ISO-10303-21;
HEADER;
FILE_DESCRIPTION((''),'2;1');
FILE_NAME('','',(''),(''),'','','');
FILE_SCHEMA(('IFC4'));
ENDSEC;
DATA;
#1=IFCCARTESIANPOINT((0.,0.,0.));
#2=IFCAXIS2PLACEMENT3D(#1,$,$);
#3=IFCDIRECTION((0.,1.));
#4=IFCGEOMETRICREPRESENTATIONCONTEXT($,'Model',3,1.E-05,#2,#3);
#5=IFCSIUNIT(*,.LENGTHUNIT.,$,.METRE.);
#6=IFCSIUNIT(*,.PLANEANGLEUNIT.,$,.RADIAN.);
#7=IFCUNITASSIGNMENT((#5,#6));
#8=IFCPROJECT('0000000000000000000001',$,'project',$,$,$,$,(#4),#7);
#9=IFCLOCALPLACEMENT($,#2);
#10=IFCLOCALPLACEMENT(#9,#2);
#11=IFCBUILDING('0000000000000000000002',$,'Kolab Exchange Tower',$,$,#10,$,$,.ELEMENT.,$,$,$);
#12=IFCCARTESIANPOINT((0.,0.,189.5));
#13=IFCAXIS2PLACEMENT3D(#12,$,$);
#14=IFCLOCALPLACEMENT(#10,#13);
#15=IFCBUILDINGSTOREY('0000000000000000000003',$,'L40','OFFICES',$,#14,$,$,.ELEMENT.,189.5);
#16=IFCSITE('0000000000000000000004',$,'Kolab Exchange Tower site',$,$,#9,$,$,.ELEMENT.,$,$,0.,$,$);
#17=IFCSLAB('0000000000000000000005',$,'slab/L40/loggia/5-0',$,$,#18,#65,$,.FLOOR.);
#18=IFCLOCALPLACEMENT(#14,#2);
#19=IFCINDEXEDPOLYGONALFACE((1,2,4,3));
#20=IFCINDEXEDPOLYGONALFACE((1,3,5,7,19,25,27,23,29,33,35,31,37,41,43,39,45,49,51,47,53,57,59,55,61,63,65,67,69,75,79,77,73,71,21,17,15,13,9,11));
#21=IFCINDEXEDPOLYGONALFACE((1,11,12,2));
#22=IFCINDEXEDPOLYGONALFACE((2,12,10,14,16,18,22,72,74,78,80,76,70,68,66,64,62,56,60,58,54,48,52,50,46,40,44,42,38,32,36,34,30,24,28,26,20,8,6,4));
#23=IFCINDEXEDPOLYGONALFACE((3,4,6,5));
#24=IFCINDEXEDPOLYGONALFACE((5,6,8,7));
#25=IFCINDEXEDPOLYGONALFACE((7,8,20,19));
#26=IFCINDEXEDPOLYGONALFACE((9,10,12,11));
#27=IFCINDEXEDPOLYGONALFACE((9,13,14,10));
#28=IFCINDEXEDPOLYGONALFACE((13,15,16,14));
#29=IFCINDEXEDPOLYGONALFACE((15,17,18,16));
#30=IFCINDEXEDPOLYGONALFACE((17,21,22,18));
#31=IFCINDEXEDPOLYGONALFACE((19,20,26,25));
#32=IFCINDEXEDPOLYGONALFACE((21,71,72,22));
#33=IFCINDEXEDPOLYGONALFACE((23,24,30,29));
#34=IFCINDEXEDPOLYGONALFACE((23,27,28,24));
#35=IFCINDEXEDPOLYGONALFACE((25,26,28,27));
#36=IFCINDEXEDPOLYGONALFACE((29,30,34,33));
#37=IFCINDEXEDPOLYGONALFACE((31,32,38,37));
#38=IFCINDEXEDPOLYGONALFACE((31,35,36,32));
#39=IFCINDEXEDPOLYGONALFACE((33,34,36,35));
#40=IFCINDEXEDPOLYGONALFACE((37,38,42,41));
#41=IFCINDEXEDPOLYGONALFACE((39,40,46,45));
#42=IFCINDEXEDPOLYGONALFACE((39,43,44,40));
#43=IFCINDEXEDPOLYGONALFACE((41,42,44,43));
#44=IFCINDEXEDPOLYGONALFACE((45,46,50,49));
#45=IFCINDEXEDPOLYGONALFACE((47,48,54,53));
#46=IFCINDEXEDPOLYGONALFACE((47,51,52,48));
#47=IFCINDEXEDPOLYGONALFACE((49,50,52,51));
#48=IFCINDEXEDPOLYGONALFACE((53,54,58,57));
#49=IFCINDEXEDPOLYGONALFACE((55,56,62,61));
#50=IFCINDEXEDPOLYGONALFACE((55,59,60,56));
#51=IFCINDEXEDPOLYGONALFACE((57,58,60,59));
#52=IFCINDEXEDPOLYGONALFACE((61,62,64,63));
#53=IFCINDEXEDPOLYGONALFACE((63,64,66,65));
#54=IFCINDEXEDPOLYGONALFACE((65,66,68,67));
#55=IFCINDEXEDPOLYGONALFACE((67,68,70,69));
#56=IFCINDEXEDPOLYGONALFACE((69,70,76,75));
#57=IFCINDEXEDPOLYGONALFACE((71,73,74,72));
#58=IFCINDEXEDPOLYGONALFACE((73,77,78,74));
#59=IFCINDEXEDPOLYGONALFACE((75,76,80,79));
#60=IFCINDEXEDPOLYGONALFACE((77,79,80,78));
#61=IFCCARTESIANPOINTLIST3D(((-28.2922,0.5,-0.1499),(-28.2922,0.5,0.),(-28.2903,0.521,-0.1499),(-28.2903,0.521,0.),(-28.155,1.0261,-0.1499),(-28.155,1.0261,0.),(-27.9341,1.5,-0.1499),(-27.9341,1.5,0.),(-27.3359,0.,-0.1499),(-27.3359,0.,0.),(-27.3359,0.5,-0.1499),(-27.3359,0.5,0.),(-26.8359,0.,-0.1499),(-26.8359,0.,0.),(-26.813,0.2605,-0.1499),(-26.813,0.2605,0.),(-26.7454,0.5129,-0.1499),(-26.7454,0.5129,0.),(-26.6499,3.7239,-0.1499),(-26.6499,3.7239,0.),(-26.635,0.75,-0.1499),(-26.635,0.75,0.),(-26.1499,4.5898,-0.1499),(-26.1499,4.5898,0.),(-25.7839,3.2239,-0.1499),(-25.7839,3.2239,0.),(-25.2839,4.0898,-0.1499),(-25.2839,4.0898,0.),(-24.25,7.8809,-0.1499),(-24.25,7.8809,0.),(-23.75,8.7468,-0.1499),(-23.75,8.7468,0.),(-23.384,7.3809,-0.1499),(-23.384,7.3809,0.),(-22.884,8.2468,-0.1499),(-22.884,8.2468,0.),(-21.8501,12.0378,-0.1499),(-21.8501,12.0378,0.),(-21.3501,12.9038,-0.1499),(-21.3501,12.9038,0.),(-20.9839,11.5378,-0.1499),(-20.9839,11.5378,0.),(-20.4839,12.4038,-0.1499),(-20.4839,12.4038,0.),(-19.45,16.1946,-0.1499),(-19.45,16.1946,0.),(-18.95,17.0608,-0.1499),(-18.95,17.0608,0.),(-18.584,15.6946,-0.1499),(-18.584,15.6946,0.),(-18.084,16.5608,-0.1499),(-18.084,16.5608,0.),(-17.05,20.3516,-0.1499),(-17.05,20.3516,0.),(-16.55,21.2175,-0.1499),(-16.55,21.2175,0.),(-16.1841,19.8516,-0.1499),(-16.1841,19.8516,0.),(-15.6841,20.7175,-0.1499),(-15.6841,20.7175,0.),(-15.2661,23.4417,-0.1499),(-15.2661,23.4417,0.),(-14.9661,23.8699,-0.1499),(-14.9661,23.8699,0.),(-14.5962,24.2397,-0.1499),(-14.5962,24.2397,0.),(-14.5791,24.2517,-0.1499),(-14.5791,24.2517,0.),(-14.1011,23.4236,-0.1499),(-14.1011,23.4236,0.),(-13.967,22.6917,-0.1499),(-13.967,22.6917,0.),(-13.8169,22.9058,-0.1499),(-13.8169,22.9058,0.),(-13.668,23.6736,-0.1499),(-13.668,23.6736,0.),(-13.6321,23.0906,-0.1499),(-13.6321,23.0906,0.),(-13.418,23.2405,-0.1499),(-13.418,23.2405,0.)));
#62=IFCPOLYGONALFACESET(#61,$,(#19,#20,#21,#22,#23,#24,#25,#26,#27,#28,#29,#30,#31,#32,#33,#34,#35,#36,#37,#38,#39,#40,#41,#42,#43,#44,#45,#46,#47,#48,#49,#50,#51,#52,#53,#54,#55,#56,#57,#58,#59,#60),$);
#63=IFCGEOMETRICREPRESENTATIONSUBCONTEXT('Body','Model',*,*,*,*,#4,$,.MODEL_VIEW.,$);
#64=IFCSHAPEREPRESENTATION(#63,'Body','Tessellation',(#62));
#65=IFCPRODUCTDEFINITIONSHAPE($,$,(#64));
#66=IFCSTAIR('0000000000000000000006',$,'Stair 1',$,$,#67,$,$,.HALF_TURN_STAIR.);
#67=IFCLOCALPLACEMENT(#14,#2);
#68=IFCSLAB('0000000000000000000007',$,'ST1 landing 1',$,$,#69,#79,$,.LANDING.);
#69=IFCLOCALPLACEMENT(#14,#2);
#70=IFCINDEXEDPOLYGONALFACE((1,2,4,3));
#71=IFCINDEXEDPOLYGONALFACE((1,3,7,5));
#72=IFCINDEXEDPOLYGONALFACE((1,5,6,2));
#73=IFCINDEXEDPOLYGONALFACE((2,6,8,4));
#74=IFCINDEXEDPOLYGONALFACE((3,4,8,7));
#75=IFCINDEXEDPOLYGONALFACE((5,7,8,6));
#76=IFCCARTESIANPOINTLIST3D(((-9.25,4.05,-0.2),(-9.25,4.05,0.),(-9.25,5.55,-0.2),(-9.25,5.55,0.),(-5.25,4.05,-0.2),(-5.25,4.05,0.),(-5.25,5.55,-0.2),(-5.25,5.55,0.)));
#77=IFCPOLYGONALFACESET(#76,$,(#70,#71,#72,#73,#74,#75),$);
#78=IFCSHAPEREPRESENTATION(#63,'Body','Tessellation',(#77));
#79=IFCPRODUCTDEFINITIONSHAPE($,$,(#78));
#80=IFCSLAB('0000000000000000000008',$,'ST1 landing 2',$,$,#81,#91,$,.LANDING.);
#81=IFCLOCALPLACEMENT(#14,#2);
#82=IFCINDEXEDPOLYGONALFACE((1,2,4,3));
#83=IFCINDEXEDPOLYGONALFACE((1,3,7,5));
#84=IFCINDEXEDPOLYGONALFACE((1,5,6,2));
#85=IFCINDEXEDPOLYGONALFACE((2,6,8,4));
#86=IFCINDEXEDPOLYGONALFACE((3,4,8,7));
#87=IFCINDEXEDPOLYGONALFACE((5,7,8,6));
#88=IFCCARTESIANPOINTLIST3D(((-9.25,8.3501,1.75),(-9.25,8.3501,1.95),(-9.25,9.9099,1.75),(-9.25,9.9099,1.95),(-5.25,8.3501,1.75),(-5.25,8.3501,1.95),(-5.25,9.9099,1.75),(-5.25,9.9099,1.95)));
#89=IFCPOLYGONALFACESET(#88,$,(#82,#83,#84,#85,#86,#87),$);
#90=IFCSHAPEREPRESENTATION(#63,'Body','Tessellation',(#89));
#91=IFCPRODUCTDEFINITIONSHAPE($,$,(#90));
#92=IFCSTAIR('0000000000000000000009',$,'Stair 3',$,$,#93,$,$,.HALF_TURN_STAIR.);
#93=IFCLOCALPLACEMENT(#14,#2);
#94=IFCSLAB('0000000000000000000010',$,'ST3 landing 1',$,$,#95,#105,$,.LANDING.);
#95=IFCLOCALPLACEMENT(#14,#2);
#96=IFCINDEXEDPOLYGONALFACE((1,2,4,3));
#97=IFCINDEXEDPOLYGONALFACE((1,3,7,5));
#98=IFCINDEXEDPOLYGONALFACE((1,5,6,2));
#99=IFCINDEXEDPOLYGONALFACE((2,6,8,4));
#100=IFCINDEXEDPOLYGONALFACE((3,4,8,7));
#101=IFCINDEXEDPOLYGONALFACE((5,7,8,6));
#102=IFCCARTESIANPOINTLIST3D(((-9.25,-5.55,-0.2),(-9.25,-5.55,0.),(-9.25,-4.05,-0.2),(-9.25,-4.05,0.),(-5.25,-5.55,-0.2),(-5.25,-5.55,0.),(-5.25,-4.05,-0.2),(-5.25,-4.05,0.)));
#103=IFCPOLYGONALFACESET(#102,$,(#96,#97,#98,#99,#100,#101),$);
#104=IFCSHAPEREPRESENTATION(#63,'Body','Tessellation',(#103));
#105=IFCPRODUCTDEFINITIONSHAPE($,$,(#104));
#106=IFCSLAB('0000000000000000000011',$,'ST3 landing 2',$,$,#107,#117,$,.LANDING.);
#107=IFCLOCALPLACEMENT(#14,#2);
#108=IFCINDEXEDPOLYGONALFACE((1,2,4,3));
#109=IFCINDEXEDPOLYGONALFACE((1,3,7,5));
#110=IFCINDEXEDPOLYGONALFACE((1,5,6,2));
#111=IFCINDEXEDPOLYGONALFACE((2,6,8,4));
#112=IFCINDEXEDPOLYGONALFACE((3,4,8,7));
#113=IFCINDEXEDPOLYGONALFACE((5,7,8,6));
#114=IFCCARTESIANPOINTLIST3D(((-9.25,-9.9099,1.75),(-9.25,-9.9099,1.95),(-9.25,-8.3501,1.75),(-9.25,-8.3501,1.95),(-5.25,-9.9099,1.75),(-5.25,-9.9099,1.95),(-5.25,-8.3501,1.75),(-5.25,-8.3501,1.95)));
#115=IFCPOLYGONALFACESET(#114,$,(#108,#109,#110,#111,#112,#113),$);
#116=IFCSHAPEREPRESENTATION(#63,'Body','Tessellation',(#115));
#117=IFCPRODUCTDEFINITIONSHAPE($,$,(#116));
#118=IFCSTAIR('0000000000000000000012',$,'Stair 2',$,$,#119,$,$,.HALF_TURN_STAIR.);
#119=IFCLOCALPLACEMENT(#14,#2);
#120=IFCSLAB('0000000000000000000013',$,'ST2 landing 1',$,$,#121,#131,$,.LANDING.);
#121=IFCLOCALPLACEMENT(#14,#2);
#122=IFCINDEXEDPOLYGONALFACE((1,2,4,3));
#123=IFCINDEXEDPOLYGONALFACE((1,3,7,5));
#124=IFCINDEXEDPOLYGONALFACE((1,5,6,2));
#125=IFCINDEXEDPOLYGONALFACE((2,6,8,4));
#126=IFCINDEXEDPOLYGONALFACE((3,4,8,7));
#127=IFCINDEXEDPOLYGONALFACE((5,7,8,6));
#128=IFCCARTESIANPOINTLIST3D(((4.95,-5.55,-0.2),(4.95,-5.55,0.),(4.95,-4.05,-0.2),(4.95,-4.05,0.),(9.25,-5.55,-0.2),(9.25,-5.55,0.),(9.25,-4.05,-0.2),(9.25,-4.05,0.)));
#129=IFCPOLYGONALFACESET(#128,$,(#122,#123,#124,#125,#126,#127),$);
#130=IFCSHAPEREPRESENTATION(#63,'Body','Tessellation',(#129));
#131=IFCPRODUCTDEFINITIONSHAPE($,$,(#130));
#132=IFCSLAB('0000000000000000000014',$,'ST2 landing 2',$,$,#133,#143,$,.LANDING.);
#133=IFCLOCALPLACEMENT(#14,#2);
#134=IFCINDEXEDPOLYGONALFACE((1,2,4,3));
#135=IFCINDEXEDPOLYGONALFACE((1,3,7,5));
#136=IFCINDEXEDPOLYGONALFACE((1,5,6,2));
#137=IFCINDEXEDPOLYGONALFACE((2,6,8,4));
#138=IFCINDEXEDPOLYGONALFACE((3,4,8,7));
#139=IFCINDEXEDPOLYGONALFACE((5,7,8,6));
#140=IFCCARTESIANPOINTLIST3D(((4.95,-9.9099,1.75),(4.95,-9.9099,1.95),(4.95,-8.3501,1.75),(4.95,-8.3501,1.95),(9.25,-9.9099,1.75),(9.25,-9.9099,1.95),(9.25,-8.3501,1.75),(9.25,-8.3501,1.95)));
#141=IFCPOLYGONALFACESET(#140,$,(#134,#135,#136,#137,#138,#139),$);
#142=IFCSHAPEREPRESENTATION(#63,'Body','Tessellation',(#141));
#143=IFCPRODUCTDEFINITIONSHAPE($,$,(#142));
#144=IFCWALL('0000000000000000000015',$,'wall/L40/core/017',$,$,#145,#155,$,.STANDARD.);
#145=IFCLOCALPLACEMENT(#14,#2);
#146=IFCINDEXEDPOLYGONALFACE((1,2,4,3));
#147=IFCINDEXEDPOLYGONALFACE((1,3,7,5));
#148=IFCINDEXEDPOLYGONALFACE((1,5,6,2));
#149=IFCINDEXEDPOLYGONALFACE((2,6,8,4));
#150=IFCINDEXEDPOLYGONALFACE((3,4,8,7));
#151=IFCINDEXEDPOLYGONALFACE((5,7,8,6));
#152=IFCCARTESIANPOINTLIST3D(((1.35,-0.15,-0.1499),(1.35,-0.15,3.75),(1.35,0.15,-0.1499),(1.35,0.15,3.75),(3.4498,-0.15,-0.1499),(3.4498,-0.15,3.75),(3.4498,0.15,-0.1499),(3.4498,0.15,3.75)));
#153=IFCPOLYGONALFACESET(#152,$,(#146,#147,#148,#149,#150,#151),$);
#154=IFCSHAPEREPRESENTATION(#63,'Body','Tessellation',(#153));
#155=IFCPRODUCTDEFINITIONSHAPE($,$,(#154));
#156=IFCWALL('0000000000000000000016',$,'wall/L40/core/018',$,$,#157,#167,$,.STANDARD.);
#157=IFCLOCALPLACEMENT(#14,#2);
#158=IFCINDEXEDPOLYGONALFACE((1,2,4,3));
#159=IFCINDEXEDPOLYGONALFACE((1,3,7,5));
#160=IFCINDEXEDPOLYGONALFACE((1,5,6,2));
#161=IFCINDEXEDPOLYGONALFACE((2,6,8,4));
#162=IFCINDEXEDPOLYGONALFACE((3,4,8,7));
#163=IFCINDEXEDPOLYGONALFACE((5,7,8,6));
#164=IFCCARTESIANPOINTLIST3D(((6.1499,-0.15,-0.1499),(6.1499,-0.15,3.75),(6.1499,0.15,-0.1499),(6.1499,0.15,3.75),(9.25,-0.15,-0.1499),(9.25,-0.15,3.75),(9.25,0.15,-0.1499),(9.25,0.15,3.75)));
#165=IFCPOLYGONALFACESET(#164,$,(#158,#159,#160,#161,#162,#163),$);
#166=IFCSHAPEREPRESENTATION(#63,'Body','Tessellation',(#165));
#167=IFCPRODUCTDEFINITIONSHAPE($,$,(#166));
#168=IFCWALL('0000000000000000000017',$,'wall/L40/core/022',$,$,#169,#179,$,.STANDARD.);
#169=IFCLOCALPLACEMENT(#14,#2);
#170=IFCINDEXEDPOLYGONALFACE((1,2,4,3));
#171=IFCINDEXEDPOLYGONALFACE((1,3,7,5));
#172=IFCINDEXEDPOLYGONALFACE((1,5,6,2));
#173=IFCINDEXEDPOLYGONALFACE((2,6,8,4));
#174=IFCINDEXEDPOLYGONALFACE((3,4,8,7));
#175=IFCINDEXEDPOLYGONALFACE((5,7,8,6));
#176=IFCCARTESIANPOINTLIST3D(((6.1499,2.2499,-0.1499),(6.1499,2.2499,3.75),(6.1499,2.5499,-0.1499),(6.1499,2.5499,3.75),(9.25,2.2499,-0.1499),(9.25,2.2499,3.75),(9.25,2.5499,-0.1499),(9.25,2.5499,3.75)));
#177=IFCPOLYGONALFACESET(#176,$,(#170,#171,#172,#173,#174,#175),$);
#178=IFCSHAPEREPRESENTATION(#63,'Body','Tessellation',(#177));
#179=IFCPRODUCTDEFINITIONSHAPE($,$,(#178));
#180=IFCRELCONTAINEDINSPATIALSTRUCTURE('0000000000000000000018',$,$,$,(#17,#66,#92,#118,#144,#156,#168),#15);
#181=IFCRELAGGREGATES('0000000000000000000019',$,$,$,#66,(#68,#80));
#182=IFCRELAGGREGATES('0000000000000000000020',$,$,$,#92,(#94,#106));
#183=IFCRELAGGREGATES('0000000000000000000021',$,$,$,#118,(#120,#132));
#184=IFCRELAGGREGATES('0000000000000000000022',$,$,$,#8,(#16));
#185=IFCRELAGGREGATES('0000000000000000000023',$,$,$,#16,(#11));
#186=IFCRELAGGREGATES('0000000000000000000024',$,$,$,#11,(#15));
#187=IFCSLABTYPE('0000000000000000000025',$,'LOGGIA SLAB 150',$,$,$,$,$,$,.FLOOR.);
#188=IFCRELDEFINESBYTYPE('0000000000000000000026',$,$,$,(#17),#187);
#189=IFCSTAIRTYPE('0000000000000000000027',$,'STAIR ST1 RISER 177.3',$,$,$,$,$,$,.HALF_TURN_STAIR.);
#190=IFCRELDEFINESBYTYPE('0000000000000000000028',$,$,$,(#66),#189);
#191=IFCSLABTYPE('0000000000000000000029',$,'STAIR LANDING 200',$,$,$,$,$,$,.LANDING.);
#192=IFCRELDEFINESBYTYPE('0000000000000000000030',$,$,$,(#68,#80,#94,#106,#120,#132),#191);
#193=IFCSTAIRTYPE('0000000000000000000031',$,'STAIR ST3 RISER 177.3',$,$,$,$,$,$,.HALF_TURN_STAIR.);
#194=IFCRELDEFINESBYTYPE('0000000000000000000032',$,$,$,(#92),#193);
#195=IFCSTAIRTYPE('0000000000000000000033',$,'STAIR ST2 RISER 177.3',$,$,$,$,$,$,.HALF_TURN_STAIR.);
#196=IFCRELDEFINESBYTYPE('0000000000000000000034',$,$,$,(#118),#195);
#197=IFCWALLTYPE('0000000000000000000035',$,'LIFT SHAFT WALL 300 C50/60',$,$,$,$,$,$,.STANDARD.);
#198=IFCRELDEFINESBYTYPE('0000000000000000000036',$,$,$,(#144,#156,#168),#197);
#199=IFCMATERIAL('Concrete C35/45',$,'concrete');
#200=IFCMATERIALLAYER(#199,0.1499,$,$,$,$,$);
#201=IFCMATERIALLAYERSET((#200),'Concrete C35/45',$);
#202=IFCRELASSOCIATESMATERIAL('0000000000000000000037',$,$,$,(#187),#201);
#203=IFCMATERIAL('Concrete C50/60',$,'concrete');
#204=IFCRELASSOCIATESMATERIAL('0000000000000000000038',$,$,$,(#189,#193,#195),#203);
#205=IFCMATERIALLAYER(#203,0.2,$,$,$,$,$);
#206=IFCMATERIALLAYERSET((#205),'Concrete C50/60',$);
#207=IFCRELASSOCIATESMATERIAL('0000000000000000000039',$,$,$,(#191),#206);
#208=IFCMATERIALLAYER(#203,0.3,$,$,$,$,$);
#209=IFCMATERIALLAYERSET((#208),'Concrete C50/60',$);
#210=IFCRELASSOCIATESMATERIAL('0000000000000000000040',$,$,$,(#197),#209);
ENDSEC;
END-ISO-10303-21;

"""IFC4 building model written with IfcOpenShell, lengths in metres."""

from ifc_helpers import new_model, si_unit, direction, frame, frame_2d, origin, place, context, subcontext, project, spatial, polyline, rectangle, outline, extrude, material, layer, layer_set, type_object, element, aggregate, save


model = new_model("IFC4")

# Units and contexts
model_context = context("Model", 3, precision=1e-05, world=origin(), true_north=direction((0.0, 1.0)))
body_context = subcontext(model_context, "Body", "Model", "MODEL_VIEW")
ifc_project = project(units=[si_unit("LENGTHUNIT", "METRE"), si_unit("PLANEANGLEUNIT", "RADIAN")], contexts=[model_context])

# Site, building, storey
site_placement = place(None, origin())
site = spatial("IfcSite", under=ifc_project, at=site_placement, Name="Kolab Exchange Tower site", CompositionType="ELEMENT", RefElevation=0.0)
building_placement = place(site_placement, origin())
building = spatial("IfcBuilding", under=site, at=building_placement, Name="Kolab Exchange Tower", CompositionType="ELEMENT")
storey_placement = place(building_placement, frame((0.0, 0.0, 189.5)))
storey = spatial("IfcBuildingStorey", under=building, at=storey_placement, Name="L40", Description="OFFICES", CompositionType="ELEMENT", Elevation=189.5)

# Slab
ifc_material_1 = material(Name="Concrete C35/45", Category="concrete")
ifc_layer_1 = layer(ifc_material_1, 0.1499)
ifc_layer_set_1 = layer_set([ifc_layer_1], Name="Concrete C35/45")
slab_type_1 = type_object("IfcSlabType", Name="LOGGIA SLAB 150", PredefinedType="FLOOR", material=ifc_layer_set_1)
slab_1_placement = place(storey_placement, frame((0.0, 0.0, -0.1499)))
element("IfcSlab", 1, at=slab_1_placement, inside=storey, type_object=slab_type_1, Name="slab/L40/loggia/5-0", PredefinedType="FLOOR", context=body_context, shape_type="SweptSolid", body=[
    extrude(outline(polyline([(-13.418, 23.2405), (-13.668, 23.6736), (-14.1011, 23.4236), (-14.5791, 24.2517), (-14.5962, 24.2397), (-14.9661, 23.8699), (-15.2661, 23.4417), (-16.55, 21.2175), (-15.6841, 20.7175), (-16.1841, 19.8516), (-17.05, 20.3516), (-18.95, 17.0608), (-18.084, 16.5608), (-18.584, 15.6946), (-19.45, 16.1946), (-21.3501, 12.9038), (-20.4839, 12.4038), (-20.9839, 11.5378), (-21.8501, 12.0378), (-23.75, 8.7468), (-22.884, 8.2468), (-23.384, 7.3809), (-24.25, 7.8809), (-26.1499, 4.5898), (-25.2839, 4.0898), (-25.7839, 3.2239), (-26.6499, 3.7239), (-27.9341, 1.5), (-28.155, 1.0261), (-28.2903, 0.521), (-28.2922, 0.5), (-27.3359, 0.5), (-27.3359, 0.0), (-26.8359, 0.0), (-26.813, 0.2605), (-26.7454, 0.5129), (-26.635, 0.75), (-13.967, 22.6917), (-13.8169, 22.9058), (-13.6321, 23.0906), (-13.418, 23.2405)])), origin(), (0.0, 0.0, 1.0), 0.1499),
])

# Stairs, slabs
ifc_material_2 = material(Name="Concrete C50/60", Category="concrete")
stair_type_1 = type_object("IfcStairType", Name="STAIR ST1 RISER 177.3", PredefinedType="HALF_TURN_STAIR", material=ifc_material_2)
stair_1_placement = place(storey_placement, origin())
stair_1 = element("IfcStair", 2, at=stair_1_placement, inside=storey, type_object=stair_type_1, Name="Stair 1", PredefinedType="HALF_TURN_STAIR")
ifc_layer_2 = layer(ifc_material_2, 0.2)
ifc_layer_set_2 = layer_set([ifc_layer_2], Name="Concrete C50/60")
slab_type_2 = type_object("IfcSlabType", Name="STAIR LANDING 200", PredefinedType="LANDING", material=ifc_layer_set_2)
slab_2_placement = place(storey_placement, frame((0.0, 0.0, -0.2)))
slab_2 = element("IfcSlab", 3, at=slab_2_placement, type_object=slab_type_2, Name="ST1 landing 1", PredefinedType="LANDING", context=body_context, shape_type="SweptSolid", body=[
    extrude(outline(polyline([(-9.25, 4.05), (-5.25, 4.05), (-5.25, 5.55), (-9.25, 5.55), (-9.25, 4.05)])), origin(), (0.0, 0.0, 1.0), 0.2),
])
slab_3_placement = place(storey_placement, frame((0.0, 0.0, 1.75)))
slab_3 = element("IfcSlab", 4, at=slab_3_placement, type_object=slab_type_2, Name="ST1 landing 2", PredefinedType="LANDING", context=body_context, shape_type="SweptSolid", body=[
    extrude(outline(polyline([(-9.25, 8.3501), (-5.25, 8.3501), (-5.25, 9.9099), (-9.25, 9.9099), (-9.25, 8.3501)])), origin(), (0.0, 0.0, 1.0), 0.2),
])
aggregate(stair_1, [slab_2, slab_3])
stair_type_2 = type_object("IfcStairType", Name="STAIR ST3 RISER 177.3", PredefinedType="HALF_TURN_STAIR", material=ifc_material_2)
stair_2_placement = place(storey_placement, origin())
stair_2 = element("IfcStair", 5, at=stair_2_placement, inside=storey, type_object=stair_type_2, Name="Stair 3", PredefinedType="HALF_TURN_STAIR")
slab_4_placement = place(storey_placement, frame((0.0, 0.0, -0.2)))
slab_4 = element("IfcSlab", 6, at=slab_4_placement, type_object=slab_type_2, Name="ST3 landing 1", PredefinedType="LANDING", context=body_context, shape_type="SweptSolid", body=[
    extrude(outline(polyline([(-9.25, -5.55), (-5.25, -5.55), (-5.25, -4.05), (-9.25, -4.05), (-9.25, -5.55)])), origin(), (0.0, 0.0, 1.0), 0.2),
])
slab_5_placement = place(storey_placement, frame((0.0, 0.0, 1.75)))
slab_5 = element("IfcSlab", 7, at=slab_5_placement, type_object=slab_type_2, Name="ST3 landing 2", PredefinedType="LANDING", context=body_context, shape_type="SweptSolid", body=[
    extrude(outline(polyline([(-9.25, -9.9099), (-5.25, -9.9099), (-5.25, -8.3501), (-9.25, -8.3501), (-9.25, -9.9099)])), origin(), (0.0, 0.0, 1.0), 0.2),
])
aggregate(stair_2, [slab_4, slab_5])
stair_type_3 = type_object("IfcStairType", Name="STAIR ST2 RISER 177.3", PredefinedType="HALF_TURN_STAIR", material=ifc_material_2)
stair_3_placement = place(storey_placement, origin())
stair_3 = element("IfcStair", 8, at=stair_3_placement, inside=storey, type_object=stair_type_3, Name="Stair 2", PredefinedType="HALF_TURN_STAIR")
slab_6_placement = place(storey_placement, frame((0.0, 0.0, -0.2)))
slab_6 = element("IfcSlab", 9, at=slab_6_placement, type_object=slab_type_2, Name="ST2 landing 1", PredefinedType="LANDING", context=body_context, shape_type="SweptSolid", body=[
    extrude(outline(polyline([(4.95, -5.55), (9.25, -5.55), (9.25, -4.05), (4.95, -4.05), (4.95, -5.55)])), origin(), (0.0, 0.0, 1.0), 0.2),
])
slab_7_placement = place(storey_placement, frame((0.0, 0.0, 1.75)))
slab_7 = element("IfcSlab", 10, at=slab_7_placement, type_object=slab_type_2, Name="ST2 landing 2", PredefinedType="LANDING", context=body_context, shape_type="SweptSolid", body=[
    extrude(outline(polyline([(4.95, -9.9099), (9.25, -9.9099), (9.25, -8.3501), (4.95, -8.3501), (4.95, -9.9099)])), origin(), (0.0, 0.0, 1.0), 0.2),
])
aggregate(stair_3, [slab_6, slab_7])

# Walls
ifc_layer_3 = layer(ifc_material_2, 0.3)
ifc_layer_set_3 = layer_set([ifc_layer_3], Name="Concrete C50/60")
wall_type_1 = type_object("IfcWallType", Name="LIFT SHAFT WALL 300 C50/60", PredefinedType="STANDARD", material=ifc_layer_set_3)
wall_1_placement = place(storey_placement, frame((1.3501, 0.0, -0.1499), z_axis=(0.0, 0.0, 1.0), x_axis=(1.0, 0.0, 0.0)))
element("IfcWall", 11, at=wall_1_placement, inside=storey, type_object=wall_type_1, Name="wall/L40/core/017", PredefinedType="STANDARD", context=body_context, shape_type="SweptSolid", body=[
    extrude(rectangle(XDim=2.0999, YDim=0.3, at=frame_2d((1.0498, 0.0))), origin(), (0.0, 0.0, 1.0), 3.8999),
])
for number, where, z_axis, x_axis, name in (
    (12, (6.1499, 0.0, -0.1499), (0.0, 0.0, 1.0), (1.0, 0.0, 0.0), "wall/L40/core/018"),
    (13, (6.1499, 2.3999, -0.1499), (0.0, 0.0, 1.0), (1.0, 0.0, 0.0), "wall/L40/core/022"),
):
    element("IfcWall", number, at=place(storey_placement, frame(where, z_axis=z_axis, x_axis=x_axis)), inside=storey, type_object=wall_type_1, Name=name, PredefinedType="STANDARD", context=body_context, shape_type="SweptSolid", body=[
        extrude(rectangle(XDim=3.1001, YDim=0.3, at=frame_2d((1.55, 0.0))), origin(), (0.0, 0.0, 1.0), 3.8999),
    ])

save(model, "model.ifc")
